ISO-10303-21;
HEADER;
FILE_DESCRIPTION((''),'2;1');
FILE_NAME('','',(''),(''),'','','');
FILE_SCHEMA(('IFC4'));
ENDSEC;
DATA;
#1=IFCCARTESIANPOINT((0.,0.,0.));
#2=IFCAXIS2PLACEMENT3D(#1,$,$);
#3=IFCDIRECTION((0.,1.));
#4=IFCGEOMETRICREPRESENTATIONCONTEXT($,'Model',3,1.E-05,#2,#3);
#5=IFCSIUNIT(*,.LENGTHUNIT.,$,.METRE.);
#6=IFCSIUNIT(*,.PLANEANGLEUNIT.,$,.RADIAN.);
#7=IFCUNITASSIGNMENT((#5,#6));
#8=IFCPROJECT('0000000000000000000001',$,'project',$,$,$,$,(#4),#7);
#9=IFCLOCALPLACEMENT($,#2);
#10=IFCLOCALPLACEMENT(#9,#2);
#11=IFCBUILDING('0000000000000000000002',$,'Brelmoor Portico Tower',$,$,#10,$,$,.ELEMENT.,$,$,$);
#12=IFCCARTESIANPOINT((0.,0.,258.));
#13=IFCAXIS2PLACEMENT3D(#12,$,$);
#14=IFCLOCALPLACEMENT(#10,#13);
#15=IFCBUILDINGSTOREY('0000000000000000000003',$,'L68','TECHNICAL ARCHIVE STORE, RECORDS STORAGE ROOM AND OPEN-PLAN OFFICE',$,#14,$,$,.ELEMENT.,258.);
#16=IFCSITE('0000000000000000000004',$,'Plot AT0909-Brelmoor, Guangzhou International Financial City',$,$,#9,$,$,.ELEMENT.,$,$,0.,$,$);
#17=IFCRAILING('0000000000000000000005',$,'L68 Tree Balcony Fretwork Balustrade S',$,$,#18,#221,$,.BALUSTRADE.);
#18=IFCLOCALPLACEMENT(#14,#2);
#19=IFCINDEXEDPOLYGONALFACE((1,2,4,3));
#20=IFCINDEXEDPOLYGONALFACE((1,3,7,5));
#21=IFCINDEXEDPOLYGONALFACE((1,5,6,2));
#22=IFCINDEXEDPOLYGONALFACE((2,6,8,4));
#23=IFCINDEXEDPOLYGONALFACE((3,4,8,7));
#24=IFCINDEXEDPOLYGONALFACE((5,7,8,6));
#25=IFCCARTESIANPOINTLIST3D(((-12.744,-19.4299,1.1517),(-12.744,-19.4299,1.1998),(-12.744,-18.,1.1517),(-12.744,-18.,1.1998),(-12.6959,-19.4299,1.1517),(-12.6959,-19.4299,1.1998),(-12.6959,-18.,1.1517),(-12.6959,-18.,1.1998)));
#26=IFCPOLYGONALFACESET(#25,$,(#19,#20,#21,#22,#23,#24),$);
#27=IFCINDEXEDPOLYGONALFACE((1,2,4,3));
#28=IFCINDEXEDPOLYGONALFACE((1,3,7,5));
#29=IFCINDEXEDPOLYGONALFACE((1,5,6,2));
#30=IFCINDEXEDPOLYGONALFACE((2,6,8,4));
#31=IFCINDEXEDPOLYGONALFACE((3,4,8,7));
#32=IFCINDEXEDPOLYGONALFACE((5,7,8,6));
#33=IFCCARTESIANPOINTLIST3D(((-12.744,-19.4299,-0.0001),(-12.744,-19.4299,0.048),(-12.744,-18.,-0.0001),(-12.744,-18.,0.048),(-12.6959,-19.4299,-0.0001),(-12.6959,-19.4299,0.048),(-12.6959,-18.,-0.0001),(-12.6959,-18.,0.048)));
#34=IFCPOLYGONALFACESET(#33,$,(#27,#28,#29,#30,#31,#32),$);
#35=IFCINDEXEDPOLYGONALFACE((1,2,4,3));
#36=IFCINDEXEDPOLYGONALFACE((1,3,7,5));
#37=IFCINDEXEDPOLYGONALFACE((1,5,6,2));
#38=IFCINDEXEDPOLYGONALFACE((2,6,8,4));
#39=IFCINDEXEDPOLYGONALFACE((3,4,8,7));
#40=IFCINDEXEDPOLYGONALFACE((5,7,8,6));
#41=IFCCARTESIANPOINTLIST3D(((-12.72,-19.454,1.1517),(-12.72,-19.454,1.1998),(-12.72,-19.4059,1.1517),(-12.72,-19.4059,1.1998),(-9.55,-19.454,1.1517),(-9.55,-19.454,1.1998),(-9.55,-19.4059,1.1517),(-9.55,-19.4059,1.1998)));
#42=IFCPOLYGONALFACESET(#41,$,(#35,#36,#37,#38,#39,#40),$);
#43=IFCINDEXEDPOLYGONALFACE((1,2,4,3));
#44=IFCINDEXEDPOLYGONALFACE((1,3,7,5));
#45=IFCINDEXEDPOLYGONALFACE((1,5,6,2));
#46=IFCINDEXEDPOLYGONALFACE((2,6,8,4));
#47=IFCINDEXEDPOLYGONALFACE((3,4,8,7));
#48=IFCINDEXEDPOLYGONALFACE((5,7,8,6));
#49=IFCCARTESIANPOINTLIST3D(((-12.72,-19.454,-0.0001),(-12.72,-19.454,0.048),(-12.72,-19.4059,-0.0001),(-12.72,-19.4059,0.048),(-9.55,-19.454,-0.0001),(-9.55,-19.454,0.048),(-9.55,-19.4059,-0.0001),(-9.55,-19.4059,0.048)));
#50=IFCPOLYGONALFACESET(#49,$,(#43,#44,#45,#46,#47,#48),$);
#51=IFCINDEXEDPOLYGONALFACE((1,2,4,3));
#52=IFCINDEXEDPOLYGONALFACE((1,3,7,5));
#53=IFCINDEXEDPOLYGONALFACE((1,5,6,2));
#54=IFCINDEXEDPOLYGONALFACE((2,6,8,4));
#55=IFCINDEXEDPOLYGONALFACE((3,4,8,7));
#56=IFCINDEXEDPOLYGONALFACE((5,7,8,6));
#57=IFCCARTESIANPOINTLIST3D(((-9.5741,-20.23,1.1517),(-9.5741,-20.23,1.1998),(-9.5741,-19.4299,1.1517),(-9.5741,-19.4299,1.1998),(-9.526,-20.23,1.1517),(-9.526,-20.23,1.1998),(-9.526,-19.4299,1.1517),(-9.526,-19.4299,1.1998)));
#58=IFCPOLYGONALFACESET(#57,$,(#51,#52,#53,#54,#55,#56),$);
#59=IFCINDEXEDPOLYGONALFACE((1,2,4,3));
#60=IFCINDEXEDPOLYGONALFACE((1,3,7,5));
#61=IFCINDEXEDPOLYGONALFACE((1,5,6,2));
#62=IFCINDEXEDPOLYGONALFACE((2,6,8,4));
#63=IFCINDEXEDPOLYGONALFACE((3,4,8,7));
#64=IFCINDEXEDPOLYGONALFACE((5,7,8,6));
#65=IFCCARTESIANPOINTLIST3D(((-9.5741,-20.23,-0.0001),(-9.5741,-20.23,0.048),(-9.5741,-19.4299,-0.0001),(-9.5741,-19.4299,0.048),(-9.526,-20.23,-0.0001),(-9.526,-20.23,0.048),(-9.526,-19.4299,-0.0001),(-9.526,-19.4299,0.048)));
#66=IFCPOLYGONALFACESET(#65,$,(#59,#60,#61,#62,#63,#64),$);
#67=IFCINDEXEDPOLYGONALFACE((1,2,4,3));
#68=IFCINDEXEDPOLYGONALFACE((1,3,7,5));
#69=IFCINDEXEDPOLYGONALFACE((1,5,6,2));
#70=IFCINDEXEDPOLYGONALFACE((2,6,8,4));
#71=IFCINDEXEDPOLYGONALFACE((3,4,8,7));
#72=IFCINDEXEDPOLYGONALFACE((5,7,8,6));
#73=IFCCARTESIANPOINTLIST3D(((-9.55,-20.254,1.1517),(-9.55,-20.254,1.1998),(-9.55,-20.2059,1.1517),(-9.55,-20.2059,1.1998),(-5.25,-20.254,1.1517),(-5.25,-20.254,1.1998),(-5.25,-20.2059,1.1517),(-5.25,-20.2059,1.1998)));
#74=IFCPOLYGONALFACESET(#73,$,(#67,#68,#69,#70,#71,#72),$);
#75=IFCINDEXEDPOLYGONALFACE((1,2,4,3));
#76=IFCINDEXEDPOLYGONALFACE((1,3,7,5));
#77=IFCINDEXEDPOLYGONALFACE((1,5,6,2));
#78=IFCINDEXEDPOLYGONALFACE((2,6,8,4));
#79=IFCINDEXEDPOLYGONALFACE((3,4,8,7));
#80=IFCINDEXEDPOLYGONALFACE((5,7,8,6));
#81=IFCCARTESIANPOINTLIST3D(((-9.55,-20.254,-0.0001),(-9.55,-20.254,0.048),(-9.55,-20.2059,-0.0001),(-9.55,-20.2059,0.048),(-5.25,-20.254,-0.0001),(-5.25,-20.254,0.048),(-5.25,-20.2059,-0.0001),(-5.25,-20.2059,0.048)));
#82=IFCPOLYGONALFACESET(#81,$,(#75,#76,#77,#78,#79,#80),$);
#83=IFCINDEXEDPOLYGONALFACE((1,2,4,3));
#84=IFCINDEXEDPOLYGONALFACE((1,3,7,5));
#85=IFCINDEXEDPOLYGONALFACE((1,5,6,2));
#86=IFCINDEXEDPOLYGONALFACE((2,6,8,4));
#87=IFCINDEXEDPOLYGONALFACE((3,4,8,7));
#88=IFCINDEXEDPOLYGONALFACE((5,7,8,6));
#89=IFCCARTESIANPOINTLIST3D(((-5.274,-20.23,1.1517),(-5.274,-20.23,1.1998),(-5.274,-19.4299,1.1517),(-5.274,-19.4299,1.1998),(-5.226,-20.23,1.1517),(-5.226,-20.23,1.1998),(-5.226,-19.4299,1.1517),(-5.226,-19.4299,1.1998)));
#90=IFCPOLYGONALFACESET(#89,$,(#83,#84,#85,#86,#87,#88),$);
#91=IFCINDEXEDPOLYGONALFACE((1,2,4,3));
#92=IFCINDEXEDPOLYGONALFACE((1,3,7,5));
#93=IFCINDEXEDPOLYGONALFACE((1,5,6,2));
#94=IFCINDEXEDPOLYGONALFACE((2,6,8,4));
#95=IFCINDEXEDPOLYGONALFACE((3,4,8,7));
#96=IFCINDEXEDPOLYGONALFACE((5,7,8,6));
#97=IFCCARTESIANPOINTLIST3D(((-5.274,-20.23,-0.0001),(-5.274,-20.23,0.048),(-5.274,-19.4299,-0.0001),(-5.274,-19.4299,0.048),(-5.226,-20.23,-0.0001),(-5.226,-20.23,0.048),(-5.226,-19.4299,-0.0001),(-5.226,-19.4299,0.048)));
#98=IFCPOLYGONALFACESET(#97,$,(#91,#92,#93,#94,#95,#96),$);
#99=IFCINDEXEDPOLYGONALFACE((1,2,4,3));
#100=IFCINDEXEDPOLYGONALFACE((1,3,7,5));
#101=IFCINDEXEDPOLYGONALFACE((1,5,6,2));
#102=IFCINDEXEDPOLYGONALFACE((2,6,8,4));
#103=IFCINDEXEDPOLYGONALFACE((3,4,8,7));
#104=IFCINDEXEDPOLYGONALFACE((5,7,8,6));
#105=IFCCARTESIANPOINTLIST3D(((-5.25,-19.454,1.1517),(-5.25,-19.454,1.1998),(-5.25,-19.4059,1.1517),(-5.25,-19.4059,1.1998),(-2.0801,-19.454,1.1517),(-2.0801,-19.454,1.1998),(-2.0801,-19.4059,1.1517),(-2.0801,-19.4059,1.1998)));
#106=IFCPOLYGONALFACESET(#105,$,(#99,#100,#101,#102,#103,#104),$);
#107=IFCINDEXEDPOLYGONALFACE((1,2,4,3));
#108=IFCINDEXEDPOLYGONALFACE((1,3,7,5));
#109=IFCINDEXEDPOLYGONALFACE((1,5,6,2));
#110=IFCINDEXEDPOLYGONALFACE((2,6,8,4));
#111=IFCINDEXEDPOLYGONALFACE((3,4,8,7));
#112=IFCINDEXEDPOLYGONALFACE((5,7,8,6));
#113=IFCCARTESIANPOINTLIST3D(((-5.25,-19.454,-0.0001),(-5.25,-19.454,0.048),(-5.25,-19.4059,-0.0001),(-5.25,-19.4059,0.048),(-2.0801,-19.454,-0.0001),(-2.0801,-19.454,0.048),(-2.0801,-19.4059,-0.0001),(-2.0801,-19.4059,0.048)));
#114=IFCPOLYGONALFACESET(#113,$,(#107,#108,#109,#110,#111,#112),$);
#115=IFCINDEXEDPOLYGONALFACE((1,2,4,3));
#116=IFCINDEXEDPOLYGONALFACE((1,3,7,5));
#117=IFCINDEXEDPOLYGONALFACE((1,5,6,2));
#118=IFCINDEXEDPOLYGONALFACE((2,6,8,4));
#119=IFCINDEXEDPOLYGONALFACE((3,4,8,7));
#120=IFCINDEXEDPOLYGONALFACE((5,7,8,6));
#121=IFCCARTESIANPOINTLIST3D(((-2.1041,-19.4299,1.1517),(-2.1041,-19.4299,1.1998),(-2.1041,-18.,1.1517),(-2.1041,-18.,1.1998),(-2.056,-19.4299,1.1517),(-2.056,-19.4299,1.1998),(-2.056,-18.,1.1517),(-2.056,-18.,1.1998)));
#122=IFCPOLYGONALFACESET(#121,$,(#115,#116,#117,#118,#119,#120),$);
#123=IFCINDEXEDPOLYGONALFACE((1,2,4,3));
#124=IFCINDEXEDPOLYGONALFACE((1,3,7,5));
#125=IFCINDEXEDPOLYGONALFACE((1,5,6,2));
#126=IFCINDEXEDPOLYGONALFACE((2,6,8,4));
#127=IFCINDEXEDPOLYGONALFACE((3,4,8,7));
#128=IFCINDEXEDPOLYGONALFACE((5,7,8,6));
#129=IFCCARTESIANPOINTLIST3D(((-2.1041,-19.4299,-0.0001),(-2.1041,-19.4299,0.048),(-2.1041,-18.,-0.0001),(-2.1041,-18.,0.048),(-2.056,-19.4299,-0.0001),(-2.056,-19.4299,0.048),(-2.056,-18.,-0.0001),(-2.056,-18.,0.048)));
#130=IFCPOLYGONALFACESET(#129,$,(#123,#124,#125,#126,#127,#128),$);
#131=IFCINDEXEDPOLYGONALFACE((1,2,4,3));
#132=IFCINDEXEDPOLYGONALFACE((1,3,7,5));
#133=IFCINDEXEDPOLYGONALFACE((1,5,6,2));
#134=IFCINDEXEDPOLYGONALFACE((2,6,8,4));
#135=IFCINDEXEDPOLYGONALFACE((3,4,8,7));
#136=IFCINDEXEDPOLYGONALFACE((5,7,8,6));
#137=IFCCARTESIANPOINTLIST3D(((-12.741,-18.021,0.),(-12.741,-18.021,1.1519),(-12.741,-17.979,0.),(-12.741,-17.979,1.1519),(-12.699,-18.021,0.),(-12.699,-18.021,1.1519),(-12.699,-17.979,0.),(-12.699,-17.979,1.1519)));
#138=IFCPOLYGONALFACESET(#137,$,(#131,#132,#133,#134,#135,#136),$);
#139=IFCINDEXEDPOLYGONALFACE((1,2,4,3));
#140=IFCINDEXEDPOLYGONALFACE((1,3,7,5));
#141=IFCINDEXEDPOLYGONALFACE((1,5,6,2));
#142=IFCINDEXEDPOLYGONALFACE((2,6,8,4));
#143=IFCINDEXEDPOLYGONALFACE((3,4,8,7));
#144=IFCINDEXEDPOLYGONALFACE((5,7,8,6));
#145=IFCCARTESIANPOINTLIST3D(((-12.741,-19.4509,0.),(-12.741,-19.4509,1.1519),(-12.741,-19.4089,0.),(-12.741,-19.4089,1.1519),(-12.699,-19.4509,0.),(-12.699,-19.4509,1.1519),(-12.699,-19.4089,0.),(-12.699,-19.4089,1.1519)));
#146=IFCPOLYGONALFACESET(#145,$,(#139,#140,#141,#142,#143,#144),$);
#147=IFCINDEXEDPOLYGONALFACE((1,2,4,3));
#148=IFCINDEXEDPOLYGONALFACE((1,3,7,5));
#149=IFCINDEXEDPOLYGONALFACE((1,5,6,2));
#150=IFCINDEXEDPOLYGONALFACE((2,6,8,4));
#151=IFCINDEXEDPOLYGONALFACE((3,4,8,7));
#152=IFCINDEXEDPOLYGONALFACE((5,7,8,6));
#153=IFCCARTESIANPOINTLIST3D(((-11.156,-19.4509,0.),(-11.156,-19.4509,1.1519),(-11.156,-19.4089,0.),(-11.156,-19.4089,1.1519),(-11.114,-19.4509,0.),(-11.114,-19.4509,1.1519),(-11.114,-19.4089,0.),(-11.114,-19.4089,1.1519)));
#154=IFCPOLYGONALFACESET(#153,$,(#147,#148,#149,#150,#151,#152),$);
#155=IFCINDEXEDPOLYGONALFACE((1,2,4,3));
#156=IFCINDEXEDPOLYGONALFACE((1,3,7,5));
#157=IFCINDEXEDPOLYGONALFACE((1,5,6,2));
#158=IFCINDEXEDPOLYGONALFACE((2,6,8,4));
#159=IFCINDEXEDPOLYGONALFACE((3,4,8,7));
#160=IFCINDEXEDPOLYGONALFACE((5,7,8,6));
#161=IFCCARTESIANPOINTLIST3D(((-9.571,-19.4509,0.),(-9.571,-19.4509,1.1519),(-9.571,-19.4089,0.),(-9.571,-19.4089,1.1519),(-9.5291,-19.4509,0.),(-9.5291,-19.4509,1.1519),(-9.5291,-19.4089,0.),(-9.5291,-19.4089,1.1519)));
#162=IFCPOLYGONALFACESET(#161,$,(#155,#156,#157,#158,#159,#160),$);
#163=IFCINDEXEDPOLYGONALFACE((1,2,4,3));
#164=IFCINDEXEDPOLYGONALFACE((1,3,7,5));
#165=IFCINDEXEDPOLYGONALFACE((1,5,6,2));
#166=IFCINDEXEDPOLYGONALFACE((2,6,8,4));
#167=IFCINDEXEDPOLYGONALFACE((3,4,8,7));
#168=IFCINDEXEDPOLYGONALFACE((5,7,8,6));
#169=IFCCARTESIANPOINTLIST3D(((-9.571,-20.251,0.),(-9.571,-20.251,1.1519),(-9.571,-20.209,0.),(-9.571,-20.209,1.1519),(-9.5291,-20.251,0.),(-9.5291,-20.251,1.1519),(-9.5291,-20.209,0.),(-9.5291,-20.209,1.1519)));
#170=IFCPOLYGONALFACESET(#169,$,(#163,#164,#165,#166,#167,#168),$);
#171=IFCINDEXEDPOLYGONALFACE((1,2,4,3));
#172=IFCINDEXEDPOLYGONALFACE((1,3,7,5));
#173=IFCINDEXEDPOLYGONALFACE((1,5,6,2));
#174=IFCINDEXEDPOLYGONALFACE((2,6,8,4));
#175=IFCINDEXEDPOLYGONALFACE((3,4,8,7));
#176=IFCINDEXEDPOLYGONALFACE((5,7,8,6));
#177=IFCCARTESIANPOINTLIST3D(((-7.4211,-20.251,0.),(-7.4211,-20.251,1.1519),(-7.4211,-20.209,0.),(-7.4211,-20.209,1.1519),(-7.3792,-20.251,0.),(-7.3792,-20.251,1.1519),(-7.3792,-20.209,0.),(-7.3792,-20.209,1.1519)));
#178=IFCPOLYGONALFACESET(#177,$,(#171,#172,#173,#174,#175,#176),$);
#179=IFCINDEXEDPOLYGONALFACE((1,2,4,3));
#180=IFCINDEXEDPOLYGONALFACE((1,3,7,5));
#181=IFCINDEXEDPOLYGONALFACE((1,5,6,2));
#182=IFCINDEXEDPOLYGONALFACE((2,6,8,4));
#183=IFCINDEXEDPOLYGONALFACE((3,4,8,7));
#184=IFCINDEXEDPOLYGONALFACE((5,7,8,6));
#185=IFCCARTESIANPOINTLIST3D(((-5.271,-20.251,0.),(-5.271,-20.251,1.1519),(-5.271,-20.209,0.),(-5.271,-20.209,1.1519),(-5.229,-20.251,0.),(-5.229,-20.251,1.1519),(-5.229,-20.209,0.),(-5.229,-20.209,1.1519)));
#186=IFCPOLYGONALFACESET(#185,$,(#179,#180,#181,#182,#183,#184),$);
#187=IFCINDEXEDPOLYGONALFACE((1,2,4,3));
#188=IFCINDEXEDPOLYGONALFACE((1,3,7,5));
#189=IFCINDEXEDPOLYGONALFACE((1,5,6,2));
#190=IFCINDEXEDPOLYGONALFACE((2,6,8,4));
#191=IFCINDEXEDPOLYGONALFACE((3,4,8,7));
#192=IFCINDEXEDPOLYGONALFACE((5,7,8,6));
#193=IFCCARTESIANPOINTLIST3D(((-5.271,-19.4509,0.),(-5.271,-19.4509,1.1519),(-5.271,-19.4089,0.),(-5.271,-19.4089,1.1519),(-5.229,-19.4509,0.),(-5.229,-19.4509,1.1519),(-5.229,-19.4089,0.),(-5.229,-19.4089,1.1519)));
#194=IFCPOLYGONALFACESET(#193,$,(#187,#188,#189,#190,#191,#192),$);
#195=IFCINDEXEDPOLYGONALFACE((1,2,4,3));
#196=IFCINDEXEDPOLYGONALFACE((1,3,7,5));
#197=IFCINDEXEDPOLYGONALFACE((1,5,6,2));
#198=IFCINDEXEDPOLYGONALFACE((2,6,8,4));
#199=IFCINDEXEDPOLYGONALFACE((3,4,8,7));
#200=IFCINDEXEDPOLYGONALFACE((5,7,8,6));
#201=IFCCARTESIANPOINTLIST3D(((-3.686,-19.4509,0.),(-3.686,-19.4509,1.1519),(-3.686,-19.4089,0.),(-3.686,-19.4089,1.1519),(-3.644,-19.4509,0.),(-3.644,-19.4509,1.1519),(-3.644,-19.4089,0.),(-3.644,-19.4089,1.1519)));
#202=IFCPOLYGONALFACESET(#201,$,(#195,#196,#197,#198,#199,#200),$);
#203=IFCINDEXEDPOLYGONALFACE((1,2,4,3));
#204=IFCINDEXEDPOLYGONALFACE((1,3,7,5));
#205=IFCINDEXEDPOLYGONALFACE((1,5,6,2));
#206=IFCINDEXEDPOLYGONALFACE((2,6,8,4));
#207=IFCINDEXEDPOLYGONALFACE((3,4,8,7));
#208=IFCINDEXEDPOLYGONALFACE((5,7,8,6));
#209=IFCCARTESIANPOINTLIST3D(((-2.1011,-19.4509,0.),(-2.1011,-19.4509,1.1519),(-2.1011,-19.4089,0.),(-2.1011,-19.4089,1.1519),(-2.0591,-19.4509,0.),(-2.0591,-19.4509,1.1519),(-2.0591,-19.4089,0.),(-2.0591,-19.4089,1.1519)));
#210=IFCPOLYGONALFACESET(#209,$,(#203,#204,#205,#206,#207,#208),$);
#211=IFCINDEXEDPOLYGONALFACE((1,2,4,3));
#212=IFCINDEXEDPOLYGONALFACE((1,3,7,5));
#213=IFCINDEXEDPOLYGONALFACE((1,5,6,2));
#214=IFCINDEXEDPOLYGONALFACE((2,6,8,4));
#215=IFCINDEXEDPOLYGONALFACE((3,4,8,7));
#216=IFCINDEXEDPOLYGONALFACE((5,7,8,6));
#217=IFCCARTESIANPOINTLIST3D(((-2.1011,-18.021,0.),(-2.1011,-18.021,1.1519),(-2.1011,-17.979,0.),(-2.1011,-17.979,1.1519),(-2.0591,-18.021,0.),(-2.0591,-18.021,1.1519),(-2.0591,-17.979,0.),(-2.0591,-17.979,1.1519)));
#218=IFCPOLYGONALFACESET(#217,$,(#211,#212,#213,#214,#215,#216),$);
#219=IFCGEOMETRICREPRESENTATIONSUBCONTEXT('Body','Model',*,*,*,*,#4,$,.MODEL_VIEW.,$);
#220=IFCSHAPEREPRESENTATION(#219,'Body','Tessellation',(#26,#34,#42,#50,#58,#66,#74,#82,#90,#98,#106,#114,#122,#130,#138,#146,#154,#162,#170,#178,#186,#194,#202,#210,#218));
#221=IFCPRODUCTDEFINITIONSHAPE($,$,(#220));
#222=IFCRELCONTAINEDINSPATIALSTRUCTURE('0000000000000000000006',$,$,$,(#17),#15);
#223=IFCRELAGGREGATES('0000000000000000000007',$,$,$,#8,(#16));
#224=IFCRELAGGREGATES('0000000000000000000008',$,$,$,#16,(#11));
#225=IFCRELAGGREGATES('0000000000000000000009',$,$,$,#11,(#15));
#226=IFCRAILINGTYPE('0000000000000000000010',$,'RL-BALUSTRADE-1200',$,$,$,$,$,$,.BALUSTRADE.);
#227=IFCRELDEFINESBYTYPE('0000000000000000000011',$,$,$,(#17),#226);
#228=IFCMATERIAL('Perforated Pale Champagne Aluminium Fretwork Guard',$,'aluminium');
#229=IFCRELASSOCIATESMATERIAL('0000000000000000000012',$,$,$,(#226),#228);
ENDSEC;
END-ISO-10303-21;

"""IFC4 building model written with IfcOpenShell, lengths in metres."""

from ifc_helpers import new_model, si_unit, direction, frame, origin, origin_2d, place, context, subcontext, project, spatial, rectangle, extrude, material, type_object, element, save


model = new_model("IFC4")

# Units and contexts
model_context = context("Model", 3, precision=1e-05, world=origin(), true_north=direction((0.0, 1.0)))
body_context = subcontext(model_context, "Body", "Model", "MODEL_VIEW")
ifc_project = project(units=[si_unit("LENGTHUNIT", "METRE"), si_unit("PLANEANGLEUNIT", "RADIAN")], contexts=[model_context])

# Site, building, storey
site_placement = place(None, origin())
site = spatial("IfcSite", under=ifc_project, at=site_placement, Name="Plot AT0909-Brelmoor, Guangzhou International Financial City", CompositionType="ELEMENT", RefElevation=0.0)
building_placement = place(site_placement, origin())
building = spatial("IfcBuilding", under=site, at=building_placement, Name="Brelmoor Portico Tower", CompositionType="ELEMENT")
storey_placement = place(building_placement, frame((0.0, 0.0, 258.0)))
storey = spatial("IfcBuildingStorey", under=building, at=storey_placement, Name="L68", Description="TECHNICAL ARCHIVE STORE, RECORDS STORAGE ROOM AND OPEN-PLAN OFFICE", CompositionType="ELEMENT", Elevation=258.0)

# Railing
ifc_material_1 = material(Name="Perforated Pale Champagne Aluminium Fretwork Guard", Category="aluminium")
railing_type = type_object("IfcRailingType", Name="RL-BALUSTRADE-1200", PredefinedType="BALUSTRADE", material=ifc_material_1)
railing_1_placement = place(storey_placement, frame((-12.72, -18.0, 0.0)))
element("IfcRailing", 1, at=railing_1_placement, inside=storey, type_object=railing_type, Name="L68 Tree Balcony Fretwork Balustrade S", PredefinedType="BALUSTRADE", context=body_context, shape_type="SweptSolid", body=[
    extrude(rectangle(XDim=0.0481, YDim=0.0481, at=origin_2d()), frame((0.0, 0.0, 1.1758), z_axis=(0.0, -1.0, 0.0), x_axis=(1.0, 0.0, 0.0)), (0.0, 0.0, 1.0), 1.4299),
    extrude(rectangle(XDim=0.0481, YDim=0.0481, at=origin_2d()), frame((0.0, 0.0, 0.0239), z_axis=(0.0, -1.0, 0.0), x_axis=(1.0, 0.0, 0.0)), (0.0, 0.0, 1.0), 1.4299),
    extrude(rectangle(XDim=0.0481, YDim=0.0481, at=origin_2d()), frame((0.0, -1.4299, 1.1758), z_axis=(1.0, 0.0, 0.0), x_axis=(0.0, 1.0, 0.0)), (0.0, 0.0, 1.0), 3.1699),
    extrude(rectangle(XDim=0.0481, YDim=0.0481, at=origin_2d()), frame((0.0, -1.4299, 0.0239), z_axis=(1.0, 0.0, 0.0), x_axis=(0.0, 1.0, 0.0)), (0.0, 0.0, 1.0), 3.1699),
    extrude(rectangle(XDim=0.0481, YDim=0.0481, at=origin_2d()), frame((3.1699, -1.4299, 1.1758), z_axis=(0.0, -1.0, 0.0), x_axis=(1.0, 0.0, 0.0)), (0.0, 0.0, 1.0), 0.8),
    extrude(rectangle(XDim=0.0481, YDim=0.0481, at=origin_2d()), frame((3.1699, -1.4299, 0.0239), z_axis=(0.0, -1.0, 0.0), x_axis=(1.0, 0.0, 0.0)), (0.0, 0.0, 1.0), 0.8),
    extrude(rectangle(XDim=0.0481, YDim=0.0481, at=origin_2d()), frame((3.1699, -2.23, 1.1758), z_axis=(1.0, 0.0, 0.0), x_axis=(0.0, 1.0, 0.0)), (0.0, 0.0, 1.0), 4.3),
    extrude(rectangle(XDim=0.0481, YDim=0.0481, at=origin_2d()), frame((3.1699, -2.23, 0.0239), z_axis=(1.0, 0.0, 0.0), x_axis=(0.0, 1.0, 0.0)), (0.0, 0.0, 1.0), 4.3),
    extrude(rectangle(XDim=0.0481, YDim=0.0481, at=origin_2d()), frame((7.47, -2.23, 1.1758), z_axis=(0.0, 1.0, 0.0), x_axis=(-1.0, 0.0, 0.0)), (0.0, 0.0, 1.0), 0.8),
    extrude(rectangle(XDim=0.0481, YDim=0.0481, at=origin_2d()), frame((7.47, -2.23, 0.0239), z_axis=(0.0, 1.0, 0.0), x_axis=(-1.0, 0.0, 0.0)), (0.0, 0.0, 1.0), 0.8),
    extrude(rectangle(XDim=0.0481, YDim=0.0481, at=origin_2d()), frame((7.47, -1.4299, 1.1758), z_axis=(1.0, 0.0, 0.0), x_axis=(0.0, 1.0, 0.0)), (0.0, 0.0, 1.0), 3.1699),
    extrude(rectangle(XDim=0.0481, YDim=0.0481, at=origin_2d()), frame((7.47, -1.4299, 0.0239), z_axis=(1.0, 0.0, 0.0), x_axis=(0.0, 1.0, 0.0)), (0.0, 0.0, 1.0), 3.1699),
    extrude(rectangle(XDim=0.0481, YDim=0.0481, at=origin_2d()), frame((10.6399, -1.4299, 1.1758), z_axis=(0.0, 1.0, 0.0), x_axis=(-1.0, 0.0, 0.0)), (0.0, 0.0, 1.0), 1.4299),
    extrude(rectangle(XDim=0.0481, YDim=0.0481, at=origin_2d()), frame((10.6399, -1.4299, 0.0239), z_axis=(0.0, 1.0, 0.0), x_axis=(-1.0, 0.0, 0.0)), (0.0, 0.0, 1.0), 1.4299),
    extrude(rectangle(XDim=0.042, YDim=0.042, at=origin_2d()), origin(), (0.0, 0.0, 1.0), 1.1519),
    extrude(rectangle(XDim=0.042, YDim=0.042, at=origin_2d()), frame((0.0, -1.4299, 0.0)), (0.0, 0.0, 1.0), 1.1519),
    extrude(rectangle(XDim=0.042, YDim=0.042, at=origin_2d()), frame((1.585, -1.4299, 0.0)), (0.0, 0.0, 1.0), 1.1519),
    extrude(rectangle(XDim=0.042, YDim=0.042, at=origin_2d()), frame((3.1699, -1.4299, 0.0)), (0.0, 0.0, 1.0), 1.1519),
    extrude(rectangle(XDim=0.042, YDim=0.042, at=origin_2d()), frame((3.1699, -2.23, 0.0)), (0.0, 0.0, 1.0), 1.1519),
    extrude(rectangle(XDim=0.042, YDim=0.042, at=origin_2d()), frame((5.3198, -2.23, 0.0)), (0.0, 0.0, 1.0), 1.1519),
    extrude(rectangle(XDim=0.042, YDim=0.042, at=origin_2d()), frame((7.47, -2.23, 0.0)), (0.0, 0.0, 1.0), 1.1519),
    extrude(rectangle(XDim=0.042, YDim=0.042, at=origin_2d()), frame((7.47, -1.4299, 0.0)), (0.0, 0.0, 1.0), 1.1519),
    extrude(rectangle(XDim=0.042, YDim=0.042, at=origin_2d()), frame((9.0549, -1.4299, 0.0)), (0.0, 0.0, 1.0), 1.1519),
    extrude(rectangle(XDim=0.042, YDim=0.042, at=origin_2d()), frame((10.6399, -1.4299, 0.0)), (0.0, 0.0, 1.0), 1.1519),
    extrude(rectangle(XDim=0.042, YDim=0.042, at=origin_2d()), frame((10.6399, 0.0, 0.0)), (0.0, 0.0, 1.0), 1.1519),
])

save(model, "model.ifc")
